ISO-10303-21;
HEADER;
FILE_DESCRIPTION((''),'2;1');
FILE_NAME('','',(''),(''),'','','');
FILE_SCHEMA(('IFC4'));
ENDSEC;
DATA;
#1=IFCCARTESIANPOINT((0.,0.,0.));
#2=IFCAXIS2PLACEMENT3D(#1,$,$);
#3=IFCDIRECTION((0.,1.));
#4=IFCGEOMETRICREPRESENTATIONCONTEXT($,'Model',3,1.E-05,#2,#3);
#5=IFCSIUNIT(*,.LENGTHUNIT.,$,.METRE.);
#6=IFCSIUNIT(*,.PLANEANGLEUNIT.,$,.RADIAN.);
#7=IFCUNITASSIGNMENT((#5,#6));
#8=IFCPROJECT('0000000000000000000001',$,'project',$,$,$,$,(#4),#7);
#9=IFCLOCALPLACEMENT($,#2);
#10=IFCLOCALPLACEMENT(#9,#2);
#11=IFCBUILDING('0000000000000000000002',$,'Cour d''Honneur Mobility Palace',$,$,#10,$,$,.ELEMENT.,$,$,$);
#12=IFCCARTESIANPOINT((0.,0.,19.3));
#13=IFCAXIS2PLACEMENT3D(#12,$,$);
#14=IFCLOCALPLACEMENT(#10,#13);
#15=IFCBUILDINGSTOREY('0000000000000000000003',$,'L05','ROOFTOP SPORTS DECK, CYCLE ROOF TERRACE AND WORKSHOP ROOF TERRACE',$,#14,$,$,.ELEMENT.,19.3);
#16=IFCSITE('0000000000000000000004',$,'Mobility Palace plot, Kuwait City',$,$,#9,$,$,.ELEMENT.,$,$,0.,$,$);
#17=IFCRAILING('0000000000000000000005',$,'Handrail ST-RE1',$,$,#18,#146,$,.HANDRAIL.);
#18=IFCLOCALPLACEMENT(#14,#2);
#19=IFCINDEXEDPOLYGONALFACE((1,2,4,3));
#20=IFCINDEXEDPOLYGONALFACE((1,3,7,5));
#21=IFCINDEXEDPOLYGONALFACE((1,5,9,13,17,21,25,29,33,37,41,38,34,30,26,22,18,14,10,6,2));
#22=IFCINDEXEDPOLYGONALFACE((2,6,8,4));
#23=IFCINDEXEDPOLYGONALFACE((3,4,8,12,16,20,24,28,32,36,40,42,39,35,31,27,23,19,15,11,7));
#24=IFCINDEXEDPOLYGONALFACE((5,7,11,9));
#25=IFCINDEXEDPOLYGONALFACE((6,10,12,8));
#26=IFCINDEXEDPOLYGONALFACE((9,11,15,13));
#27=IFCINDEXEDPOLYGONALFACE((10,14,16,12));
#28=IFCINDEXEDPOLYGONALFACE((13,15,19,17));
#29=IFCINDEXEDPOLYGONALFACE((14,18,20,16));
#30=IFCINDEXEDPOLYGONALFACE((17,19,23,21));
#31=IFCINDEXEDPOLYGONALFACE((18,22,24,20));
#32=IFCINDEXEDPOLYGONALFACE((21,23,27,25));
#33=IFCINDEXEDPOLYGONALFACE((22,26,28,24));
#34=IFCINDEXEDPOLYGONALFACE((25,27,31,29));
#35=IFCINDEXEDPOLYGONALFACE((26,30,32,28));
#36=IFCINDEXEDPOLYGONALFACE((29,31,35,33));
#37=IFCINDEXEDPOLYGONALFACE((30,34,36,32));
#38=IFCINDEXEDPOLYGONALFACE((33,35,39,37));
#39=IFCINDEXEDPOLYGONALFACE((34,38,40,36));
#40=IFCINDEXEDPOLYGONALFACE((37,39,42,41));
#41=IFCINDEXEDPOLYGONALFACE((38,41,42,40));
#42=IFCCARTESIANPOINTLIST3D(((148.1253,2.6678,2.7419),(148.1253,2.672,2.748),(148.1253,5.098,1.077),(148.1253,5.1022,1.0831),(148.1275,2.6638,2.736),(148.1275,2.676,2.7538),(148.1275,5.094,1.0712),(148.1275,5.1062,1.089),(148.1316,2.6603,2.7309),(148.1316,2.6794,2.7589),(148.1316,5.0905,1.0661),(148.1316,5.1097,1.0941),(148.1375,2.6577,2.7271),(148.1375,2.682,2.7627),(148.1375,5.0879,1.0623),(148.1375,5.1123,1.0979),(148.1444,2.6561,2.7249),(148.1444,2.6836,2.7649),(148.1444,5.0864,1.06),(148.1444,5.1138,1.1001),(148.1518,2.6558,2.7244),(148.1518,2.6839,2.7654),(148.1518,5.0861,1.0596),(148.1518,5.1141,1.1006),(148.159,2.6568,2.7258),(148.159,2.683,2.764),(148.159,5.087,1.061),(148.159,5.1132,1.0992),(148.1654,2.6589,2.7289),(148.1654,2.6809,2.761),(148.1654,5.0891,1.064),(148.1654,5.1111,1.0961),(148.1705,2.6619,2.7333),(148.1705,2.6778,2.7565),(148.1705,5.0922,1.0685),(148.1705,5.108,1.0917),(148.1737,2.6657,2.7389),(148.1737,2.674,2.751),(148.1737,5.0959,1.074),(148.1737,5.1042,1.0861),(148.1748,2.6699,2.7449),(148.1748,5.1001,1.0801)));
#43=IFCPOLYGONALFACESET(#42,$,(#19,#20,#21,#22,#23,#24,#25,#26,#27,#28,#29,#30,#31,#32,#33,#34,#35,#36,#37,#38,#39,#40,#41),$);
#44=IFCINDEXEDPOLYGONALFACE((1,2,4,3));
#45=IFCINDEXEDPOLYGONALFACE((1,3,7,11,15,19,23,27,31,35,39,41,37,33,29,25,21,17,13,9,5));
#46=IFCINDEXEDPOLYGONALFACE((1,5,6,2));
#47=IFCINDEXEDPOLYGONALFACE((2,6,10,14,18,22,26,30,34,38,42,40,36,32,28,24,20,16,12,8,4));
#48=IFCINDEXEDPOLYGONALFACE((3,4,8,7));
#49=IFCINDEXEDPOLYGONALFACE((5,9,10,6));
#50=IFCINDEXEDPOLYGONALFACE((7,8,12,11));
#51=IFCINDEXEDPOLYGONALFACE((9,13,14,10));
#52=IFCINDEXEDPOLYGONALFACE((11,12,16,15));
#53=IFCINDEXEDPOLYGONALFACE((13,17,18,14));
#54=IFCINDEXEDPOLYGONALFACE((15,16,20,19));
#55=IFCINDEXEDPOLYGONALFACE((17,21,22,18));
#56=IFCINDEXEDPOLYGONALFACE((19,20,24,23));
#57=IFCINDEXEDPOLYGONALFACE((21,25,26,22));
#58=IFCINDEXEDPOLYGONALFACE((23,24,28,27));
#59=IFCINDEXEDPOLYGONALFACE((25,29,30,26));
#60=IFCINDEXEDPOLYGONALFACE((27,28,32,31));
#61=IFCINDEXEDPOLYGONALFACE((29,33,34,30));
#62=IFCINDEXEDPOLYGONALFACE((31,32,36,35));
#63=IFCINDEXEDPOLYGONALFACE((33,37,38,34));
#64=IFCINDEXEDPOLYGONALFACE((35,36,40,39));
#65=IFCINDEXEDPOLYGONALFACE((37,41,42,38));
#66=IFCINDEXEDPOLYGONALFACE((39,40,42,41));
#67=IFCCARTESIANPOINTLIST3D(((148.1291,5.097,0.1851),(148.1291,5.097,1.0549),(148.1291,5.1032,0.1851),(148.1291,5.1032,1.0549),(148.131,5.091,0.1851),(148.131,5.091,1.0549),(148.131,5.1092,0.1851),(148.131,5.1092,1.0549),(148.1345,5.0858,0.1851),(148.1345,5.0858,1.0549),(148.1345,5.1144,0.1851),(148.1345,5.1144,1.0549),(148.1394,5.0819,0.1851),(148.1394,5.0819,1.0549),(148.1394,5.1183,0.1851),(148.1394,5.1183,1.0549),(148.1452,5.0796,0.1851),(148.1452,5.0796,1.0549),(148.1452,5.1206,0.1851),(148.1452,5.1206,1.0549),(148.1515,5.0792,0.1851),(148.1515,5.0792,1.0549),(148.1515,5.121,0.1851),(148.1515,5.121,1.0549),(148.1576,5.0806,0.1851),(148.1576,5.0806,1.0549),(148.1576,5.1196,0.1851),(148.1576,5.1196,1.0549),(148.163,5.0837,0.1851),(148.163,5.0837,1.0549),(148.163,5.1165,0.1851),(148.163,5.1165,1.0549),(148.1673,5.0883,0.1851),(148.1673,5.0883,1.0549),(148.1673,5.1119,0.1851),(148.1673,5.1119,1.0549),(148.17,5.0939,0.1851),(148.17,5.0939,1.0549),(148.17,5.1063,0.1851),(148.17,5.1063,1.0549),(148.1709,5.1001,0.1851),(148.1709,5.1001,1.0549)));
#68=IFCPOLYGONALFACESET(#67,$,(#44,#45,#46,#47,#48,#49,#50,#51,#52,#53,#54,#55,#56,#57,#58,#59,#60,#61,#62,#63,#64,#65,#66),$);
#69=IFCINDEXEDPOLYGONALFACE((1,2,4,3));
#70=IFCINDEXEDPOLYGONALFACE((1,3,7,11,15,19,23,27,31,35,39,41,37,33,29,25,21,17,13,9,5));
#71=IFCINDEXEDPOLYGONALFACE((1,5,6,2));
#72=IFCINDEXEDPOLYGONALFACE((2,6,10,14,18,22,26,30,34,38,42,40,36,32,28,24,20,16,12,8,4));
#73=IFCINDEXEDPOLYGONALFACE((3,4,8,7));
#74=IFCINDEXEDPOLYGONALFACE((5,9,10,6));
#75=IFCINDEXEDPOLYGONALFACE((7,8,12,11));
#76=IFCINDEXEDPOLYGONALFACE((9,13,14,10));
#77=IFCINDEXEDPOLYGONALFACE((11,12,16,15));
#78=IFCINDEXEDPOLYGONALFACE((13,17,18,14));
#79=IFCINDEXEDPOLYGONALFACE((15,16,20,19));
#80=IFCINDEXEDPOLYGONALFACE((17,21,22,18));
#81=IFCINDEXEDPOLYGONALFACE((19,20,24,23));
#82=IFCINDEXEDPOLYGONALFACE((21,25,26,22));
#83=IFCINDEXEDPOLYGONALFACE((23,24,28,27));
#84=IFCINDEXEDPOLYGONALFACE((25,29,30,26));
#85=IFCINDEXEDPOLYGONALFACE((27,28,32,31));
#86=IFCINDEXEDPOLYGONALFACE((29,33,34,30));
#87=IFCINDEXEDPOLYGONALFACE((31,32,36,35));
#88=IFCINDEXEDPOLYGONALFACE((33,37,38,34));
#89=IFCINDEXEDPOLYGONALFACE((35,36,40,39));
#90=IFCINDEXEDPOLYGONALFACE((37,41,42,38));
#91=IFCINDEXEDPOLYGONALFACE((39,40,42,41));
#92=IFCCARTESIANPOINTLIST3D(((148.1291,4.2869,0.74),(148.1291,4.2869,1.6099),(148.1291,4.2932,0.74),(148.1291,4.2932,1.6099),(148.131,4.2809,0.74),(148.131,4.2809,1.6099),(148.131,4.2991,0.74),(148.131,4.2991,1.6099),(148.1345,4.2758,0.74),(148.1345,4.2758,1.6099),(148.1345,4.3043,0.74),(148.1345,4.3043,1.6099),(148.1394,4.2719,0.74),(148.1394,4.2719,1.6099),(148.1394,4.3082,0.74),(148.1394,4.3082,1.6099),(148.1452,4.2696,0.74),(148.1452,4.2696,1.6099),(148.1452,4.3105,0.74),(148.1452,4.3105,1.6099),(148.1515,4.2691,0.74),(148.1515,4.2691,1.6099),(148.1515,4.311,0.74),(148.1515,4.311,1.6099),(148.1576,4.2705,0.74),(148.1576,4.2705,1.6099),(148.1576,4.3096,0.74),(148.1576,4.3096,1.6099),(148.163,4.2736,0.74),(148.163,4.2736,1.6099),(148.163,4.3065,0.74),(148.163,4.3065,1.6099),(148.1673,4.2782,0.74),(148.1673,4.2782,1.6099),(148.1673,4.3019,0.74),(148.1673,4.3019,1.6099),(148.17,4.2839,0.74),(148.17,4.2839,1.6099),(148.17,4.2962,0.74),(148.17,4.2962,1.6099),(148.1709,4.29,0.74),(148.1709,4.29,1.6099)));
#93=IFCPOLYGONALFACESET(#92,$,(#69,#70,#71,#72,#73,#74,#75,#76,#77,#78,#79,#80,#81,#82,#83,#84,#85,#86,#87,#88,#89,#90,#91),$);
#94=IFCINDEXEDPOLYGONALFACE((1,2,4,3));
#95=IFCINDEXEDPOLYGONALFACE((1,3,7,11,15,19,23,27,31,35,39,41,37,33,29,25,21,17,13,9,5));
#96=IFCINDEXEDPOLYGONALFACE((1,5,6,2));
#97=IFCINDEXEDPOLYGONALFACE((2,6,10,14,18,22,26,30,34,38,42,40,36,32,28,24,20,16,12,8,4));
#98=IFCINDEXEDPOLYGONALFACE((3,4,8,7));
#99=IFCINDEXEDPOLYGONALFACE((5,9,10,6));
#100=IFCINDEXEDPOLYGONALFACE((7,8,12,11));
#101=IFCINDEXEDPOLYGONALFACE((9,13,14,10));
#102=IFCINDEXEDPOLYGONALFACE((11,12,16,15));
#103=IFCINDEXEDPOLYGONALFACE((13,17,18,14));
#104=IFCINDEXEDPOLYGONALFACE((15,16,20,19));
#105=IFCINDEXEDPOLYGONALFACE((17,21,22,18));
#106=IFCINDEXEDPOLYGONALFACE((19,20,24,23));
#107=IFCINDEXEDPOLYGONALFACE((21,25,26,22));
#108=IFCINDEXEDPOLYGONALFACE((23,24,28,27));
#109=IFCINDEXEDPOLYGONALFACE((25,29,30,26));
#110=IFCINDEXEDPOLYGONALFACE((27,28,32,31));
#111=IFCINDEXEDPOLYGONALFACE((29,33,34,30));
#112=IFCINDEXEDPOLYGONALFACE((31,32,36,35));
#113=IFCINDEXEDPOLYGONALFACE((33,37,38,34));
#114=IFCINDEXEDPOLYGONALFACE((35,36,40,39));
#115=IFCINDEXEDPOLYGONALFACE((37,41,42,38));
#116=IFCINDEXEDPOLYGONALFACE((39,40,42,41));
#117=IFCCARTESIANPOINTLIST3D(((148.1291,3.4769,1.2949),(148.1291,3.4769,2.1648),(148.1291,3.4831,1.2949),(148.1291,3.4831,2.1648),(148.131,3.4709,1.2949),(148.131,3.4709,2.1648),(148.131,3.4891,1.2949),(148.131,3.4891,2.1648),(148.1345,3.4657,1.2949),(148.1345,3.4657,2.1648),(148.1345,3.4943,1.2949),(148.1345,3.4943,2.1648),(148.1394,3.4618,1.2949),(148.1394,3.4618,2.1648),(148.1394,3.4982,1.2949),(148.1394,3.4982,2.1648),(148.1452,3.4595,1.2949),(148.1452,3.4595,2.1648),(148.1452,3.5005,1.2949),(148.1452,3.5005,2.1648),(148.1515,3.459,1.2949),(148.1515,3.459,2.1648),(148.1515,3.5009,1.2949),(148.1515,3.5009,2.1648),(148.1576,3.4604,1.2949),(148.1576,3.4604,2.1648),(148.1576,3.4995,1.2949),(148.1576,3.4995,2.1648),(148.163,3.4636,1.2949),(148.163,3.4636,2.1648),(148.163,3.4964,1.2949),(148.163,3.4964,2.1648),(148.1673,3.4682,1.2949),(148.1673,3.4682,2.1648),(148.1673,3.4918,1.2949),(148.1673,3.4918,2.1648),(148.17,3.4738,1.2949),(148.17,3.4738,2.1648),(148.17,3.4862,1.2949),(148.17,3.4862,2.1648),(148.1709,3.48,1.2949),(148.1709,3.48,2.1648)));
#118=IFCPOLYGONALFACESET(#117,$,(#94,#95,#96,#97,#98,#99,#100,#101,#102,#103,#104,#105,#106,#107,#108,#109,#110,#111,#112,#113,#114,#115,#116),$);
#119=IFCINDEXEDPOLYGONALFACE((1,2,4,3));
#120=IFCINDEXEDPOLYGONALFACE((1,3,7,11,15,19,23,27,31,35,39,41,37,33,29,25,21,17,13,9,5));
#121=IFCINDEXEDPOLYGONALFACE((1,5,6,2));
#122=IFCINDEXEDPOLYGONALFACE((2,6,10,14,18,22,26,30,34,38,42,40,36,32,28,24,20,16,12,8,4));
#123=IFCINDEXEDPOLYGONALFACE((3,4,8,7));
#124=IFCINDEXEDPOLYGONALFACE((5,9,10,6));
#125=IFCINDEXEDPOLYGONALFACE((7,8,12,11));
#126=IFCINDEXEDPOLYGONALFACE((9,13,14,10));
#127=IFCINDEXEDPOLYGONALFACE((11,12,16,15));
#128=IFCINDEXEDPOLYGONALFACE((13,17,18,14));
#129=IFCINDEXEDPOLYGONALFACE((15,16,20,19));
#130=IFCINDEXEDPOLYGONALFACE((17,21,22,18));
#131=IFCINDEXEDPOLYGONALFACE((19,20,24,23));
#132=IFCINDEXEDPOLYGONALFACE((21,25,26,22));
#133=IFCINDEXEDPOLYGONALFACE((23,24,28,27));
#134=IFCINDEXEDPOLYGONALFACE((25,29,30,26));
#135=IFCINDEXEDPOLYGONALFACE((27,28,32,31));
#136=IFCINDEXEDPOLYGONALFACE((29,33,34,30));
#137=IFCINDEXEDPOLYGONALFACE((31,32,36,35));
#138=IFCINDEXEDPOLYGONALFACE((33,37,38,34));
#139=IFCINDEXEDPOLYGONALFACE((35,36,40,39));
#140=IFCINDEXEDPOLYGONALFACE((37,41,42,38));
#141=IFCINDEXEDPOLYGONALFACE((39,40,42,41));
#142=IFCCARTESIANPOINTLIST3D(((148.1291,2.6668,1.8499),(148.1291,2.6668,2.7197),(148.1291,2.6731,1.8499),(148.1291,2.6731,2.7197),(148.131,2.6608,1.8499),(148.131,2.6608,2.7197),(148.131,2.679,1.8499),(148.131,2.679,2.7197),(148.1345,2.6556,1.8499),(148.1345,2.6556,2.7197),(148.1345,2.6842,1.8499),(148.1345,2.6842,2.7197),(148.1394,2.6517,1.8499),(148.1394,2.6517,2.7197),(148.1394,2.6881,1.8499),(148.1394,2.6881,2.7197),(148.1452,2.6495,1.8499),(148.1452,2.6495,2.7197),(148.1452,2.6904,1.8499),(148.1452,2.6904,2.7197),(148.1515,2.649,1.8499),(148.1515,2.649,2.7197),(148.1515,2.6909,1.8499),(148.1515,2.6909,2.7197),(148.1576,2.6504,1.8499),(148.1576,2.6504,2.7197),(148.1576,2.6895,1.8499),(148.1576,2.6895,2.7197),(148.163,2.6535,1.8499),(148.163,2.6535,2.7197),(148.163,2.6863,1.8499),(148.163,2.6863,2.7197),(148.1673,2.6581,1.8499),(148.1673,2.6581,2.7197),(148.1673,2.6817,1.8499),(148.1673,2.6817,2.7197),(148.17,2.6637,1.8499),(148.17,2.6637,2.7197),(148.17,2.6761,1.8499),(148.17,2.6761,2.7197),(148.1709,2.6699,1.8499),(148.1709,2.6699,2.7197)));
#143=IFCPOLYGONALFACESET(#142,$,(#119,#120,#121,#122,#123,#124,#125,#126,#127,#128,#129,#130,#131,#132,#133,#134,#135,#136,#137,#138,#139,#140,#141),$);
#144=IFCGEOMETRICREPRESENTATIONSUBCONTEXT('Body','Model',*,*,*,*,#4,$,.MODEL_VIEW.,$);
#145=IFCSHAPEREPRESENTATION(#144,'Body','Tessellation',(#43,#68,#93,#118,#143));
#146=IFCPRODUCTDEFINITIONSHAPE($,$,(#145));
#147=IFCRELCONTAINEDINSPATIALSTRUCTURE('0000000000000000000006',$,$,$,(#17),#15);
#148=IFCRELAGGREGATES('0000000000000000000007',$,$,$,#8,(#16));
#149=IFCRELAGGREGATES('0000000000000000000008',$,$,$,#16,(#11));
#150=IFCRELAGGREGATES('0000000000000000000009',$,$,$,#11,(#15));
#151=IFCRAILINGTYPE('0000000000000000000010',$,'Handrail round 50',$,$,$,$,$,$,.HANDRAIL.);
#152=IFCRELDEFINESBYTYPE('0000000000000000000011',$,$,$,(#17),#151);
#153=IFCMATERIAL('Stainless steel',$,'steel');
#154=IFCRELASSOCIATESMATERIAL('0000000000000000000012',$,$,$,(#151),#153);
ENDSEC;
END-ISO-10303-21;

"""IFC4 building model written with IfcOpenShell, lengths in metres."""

from ifc_helpers import new_model, si_unit, direction, frame, origin, origin_2d, place, context, subcontext, project, spatial, circle, extrude, material, type_object, element, save


model = new_model("IFC4")

# Units and contexts
model_context = context("Model", 3, precision=1e-05, world=origin(), true_north=direction((0.0, 1.0)))
body_context = subcontext(model_context, "Body", "Model", "MODEL_VIEW")
ifc_project = project(units=[si_unit("LENGTHUNIT", "METRE"), si_unit("PLANEANGLEUNIT", "RADIAN")], contexts=[model_context])

# Site, building, storey
site_placement = place(None, origin())
site = spatial("IfcSite", under=ifc_project, at=site_placement, Name="Mobility Palace plot, Kuwait City", CompositionType="ELEMENT", RefElevation=0.0)
building_placement = place(site_placement, origin())
building = spatial("IfcBuilding", under=site, at=building_placement, Name="Cour d'Honneur Mobility Palace", CompositionType="ELEMENT")
storey_placement = place(building_placement, frame((0.0, 0.0, 19.3)))
storey = spatial("IfcBuildingStorey", under=building, at=storey_placement, Name="L05", Description="ROOFTOP SPORTS DECK, CYCLE ROOF TERRACE AND WORKSHOP ROOF TERRACE", CompositionType="ELEMENT", Elevation=19.3)

# Railing
ifc_material_1 = material(Name="Stainless steel", Category="steel")
railing_type_1 = type_object("IfcRailingType", Name="Handrail round 50", PredefinedType="HANDRAIL", material=ifc_material_1)
for number, where, name in (
    (1, (148.1499, 5.1001, 0.1851), "Handrail ST-RE1"),
):
    element("IfcRailing", number, at=place(storey_placement, frame(where)), inside=storey, type_object=railing_type_1, Name=name, PredefinedType="HANDRAIL", context=body_context, shape_type="SweptSolid", body=[
        extrude(circle(Radius=0.0249, at=origin_2d()), frame((0.0, 0.0, 0.895), z_axis=(0.0, -0.824984, 0.565156), x_axis=(1.0, 0.0, 0.0)), (0.0, 0.0, 1.0), 2.9458),
        extrude(circle(Radius=0.021, at=origin_2d()), origin(), (0.0, 0.0, 1.0), 0.8699),
        extrude(circle(Radius=0.021, at=origin_2d()), frame((0.0, -0.8101, 0.5549)), (0.0, 0.0, 1.0), 0.8699),
        extrude(circle(Radius=0.021, at=origin_2d()), frame((0.0, -1.6201, 1.1099)), (0.0, 0.0, 1.0), 0.8699),
        extrude(circle(Radius=0.021, at=origin_2d()), frame((0.0, -2.4302, 1.6648)), (0.0, 0.0, 1.0), 0.8699),
    ])

save(model, "model.ifc")
